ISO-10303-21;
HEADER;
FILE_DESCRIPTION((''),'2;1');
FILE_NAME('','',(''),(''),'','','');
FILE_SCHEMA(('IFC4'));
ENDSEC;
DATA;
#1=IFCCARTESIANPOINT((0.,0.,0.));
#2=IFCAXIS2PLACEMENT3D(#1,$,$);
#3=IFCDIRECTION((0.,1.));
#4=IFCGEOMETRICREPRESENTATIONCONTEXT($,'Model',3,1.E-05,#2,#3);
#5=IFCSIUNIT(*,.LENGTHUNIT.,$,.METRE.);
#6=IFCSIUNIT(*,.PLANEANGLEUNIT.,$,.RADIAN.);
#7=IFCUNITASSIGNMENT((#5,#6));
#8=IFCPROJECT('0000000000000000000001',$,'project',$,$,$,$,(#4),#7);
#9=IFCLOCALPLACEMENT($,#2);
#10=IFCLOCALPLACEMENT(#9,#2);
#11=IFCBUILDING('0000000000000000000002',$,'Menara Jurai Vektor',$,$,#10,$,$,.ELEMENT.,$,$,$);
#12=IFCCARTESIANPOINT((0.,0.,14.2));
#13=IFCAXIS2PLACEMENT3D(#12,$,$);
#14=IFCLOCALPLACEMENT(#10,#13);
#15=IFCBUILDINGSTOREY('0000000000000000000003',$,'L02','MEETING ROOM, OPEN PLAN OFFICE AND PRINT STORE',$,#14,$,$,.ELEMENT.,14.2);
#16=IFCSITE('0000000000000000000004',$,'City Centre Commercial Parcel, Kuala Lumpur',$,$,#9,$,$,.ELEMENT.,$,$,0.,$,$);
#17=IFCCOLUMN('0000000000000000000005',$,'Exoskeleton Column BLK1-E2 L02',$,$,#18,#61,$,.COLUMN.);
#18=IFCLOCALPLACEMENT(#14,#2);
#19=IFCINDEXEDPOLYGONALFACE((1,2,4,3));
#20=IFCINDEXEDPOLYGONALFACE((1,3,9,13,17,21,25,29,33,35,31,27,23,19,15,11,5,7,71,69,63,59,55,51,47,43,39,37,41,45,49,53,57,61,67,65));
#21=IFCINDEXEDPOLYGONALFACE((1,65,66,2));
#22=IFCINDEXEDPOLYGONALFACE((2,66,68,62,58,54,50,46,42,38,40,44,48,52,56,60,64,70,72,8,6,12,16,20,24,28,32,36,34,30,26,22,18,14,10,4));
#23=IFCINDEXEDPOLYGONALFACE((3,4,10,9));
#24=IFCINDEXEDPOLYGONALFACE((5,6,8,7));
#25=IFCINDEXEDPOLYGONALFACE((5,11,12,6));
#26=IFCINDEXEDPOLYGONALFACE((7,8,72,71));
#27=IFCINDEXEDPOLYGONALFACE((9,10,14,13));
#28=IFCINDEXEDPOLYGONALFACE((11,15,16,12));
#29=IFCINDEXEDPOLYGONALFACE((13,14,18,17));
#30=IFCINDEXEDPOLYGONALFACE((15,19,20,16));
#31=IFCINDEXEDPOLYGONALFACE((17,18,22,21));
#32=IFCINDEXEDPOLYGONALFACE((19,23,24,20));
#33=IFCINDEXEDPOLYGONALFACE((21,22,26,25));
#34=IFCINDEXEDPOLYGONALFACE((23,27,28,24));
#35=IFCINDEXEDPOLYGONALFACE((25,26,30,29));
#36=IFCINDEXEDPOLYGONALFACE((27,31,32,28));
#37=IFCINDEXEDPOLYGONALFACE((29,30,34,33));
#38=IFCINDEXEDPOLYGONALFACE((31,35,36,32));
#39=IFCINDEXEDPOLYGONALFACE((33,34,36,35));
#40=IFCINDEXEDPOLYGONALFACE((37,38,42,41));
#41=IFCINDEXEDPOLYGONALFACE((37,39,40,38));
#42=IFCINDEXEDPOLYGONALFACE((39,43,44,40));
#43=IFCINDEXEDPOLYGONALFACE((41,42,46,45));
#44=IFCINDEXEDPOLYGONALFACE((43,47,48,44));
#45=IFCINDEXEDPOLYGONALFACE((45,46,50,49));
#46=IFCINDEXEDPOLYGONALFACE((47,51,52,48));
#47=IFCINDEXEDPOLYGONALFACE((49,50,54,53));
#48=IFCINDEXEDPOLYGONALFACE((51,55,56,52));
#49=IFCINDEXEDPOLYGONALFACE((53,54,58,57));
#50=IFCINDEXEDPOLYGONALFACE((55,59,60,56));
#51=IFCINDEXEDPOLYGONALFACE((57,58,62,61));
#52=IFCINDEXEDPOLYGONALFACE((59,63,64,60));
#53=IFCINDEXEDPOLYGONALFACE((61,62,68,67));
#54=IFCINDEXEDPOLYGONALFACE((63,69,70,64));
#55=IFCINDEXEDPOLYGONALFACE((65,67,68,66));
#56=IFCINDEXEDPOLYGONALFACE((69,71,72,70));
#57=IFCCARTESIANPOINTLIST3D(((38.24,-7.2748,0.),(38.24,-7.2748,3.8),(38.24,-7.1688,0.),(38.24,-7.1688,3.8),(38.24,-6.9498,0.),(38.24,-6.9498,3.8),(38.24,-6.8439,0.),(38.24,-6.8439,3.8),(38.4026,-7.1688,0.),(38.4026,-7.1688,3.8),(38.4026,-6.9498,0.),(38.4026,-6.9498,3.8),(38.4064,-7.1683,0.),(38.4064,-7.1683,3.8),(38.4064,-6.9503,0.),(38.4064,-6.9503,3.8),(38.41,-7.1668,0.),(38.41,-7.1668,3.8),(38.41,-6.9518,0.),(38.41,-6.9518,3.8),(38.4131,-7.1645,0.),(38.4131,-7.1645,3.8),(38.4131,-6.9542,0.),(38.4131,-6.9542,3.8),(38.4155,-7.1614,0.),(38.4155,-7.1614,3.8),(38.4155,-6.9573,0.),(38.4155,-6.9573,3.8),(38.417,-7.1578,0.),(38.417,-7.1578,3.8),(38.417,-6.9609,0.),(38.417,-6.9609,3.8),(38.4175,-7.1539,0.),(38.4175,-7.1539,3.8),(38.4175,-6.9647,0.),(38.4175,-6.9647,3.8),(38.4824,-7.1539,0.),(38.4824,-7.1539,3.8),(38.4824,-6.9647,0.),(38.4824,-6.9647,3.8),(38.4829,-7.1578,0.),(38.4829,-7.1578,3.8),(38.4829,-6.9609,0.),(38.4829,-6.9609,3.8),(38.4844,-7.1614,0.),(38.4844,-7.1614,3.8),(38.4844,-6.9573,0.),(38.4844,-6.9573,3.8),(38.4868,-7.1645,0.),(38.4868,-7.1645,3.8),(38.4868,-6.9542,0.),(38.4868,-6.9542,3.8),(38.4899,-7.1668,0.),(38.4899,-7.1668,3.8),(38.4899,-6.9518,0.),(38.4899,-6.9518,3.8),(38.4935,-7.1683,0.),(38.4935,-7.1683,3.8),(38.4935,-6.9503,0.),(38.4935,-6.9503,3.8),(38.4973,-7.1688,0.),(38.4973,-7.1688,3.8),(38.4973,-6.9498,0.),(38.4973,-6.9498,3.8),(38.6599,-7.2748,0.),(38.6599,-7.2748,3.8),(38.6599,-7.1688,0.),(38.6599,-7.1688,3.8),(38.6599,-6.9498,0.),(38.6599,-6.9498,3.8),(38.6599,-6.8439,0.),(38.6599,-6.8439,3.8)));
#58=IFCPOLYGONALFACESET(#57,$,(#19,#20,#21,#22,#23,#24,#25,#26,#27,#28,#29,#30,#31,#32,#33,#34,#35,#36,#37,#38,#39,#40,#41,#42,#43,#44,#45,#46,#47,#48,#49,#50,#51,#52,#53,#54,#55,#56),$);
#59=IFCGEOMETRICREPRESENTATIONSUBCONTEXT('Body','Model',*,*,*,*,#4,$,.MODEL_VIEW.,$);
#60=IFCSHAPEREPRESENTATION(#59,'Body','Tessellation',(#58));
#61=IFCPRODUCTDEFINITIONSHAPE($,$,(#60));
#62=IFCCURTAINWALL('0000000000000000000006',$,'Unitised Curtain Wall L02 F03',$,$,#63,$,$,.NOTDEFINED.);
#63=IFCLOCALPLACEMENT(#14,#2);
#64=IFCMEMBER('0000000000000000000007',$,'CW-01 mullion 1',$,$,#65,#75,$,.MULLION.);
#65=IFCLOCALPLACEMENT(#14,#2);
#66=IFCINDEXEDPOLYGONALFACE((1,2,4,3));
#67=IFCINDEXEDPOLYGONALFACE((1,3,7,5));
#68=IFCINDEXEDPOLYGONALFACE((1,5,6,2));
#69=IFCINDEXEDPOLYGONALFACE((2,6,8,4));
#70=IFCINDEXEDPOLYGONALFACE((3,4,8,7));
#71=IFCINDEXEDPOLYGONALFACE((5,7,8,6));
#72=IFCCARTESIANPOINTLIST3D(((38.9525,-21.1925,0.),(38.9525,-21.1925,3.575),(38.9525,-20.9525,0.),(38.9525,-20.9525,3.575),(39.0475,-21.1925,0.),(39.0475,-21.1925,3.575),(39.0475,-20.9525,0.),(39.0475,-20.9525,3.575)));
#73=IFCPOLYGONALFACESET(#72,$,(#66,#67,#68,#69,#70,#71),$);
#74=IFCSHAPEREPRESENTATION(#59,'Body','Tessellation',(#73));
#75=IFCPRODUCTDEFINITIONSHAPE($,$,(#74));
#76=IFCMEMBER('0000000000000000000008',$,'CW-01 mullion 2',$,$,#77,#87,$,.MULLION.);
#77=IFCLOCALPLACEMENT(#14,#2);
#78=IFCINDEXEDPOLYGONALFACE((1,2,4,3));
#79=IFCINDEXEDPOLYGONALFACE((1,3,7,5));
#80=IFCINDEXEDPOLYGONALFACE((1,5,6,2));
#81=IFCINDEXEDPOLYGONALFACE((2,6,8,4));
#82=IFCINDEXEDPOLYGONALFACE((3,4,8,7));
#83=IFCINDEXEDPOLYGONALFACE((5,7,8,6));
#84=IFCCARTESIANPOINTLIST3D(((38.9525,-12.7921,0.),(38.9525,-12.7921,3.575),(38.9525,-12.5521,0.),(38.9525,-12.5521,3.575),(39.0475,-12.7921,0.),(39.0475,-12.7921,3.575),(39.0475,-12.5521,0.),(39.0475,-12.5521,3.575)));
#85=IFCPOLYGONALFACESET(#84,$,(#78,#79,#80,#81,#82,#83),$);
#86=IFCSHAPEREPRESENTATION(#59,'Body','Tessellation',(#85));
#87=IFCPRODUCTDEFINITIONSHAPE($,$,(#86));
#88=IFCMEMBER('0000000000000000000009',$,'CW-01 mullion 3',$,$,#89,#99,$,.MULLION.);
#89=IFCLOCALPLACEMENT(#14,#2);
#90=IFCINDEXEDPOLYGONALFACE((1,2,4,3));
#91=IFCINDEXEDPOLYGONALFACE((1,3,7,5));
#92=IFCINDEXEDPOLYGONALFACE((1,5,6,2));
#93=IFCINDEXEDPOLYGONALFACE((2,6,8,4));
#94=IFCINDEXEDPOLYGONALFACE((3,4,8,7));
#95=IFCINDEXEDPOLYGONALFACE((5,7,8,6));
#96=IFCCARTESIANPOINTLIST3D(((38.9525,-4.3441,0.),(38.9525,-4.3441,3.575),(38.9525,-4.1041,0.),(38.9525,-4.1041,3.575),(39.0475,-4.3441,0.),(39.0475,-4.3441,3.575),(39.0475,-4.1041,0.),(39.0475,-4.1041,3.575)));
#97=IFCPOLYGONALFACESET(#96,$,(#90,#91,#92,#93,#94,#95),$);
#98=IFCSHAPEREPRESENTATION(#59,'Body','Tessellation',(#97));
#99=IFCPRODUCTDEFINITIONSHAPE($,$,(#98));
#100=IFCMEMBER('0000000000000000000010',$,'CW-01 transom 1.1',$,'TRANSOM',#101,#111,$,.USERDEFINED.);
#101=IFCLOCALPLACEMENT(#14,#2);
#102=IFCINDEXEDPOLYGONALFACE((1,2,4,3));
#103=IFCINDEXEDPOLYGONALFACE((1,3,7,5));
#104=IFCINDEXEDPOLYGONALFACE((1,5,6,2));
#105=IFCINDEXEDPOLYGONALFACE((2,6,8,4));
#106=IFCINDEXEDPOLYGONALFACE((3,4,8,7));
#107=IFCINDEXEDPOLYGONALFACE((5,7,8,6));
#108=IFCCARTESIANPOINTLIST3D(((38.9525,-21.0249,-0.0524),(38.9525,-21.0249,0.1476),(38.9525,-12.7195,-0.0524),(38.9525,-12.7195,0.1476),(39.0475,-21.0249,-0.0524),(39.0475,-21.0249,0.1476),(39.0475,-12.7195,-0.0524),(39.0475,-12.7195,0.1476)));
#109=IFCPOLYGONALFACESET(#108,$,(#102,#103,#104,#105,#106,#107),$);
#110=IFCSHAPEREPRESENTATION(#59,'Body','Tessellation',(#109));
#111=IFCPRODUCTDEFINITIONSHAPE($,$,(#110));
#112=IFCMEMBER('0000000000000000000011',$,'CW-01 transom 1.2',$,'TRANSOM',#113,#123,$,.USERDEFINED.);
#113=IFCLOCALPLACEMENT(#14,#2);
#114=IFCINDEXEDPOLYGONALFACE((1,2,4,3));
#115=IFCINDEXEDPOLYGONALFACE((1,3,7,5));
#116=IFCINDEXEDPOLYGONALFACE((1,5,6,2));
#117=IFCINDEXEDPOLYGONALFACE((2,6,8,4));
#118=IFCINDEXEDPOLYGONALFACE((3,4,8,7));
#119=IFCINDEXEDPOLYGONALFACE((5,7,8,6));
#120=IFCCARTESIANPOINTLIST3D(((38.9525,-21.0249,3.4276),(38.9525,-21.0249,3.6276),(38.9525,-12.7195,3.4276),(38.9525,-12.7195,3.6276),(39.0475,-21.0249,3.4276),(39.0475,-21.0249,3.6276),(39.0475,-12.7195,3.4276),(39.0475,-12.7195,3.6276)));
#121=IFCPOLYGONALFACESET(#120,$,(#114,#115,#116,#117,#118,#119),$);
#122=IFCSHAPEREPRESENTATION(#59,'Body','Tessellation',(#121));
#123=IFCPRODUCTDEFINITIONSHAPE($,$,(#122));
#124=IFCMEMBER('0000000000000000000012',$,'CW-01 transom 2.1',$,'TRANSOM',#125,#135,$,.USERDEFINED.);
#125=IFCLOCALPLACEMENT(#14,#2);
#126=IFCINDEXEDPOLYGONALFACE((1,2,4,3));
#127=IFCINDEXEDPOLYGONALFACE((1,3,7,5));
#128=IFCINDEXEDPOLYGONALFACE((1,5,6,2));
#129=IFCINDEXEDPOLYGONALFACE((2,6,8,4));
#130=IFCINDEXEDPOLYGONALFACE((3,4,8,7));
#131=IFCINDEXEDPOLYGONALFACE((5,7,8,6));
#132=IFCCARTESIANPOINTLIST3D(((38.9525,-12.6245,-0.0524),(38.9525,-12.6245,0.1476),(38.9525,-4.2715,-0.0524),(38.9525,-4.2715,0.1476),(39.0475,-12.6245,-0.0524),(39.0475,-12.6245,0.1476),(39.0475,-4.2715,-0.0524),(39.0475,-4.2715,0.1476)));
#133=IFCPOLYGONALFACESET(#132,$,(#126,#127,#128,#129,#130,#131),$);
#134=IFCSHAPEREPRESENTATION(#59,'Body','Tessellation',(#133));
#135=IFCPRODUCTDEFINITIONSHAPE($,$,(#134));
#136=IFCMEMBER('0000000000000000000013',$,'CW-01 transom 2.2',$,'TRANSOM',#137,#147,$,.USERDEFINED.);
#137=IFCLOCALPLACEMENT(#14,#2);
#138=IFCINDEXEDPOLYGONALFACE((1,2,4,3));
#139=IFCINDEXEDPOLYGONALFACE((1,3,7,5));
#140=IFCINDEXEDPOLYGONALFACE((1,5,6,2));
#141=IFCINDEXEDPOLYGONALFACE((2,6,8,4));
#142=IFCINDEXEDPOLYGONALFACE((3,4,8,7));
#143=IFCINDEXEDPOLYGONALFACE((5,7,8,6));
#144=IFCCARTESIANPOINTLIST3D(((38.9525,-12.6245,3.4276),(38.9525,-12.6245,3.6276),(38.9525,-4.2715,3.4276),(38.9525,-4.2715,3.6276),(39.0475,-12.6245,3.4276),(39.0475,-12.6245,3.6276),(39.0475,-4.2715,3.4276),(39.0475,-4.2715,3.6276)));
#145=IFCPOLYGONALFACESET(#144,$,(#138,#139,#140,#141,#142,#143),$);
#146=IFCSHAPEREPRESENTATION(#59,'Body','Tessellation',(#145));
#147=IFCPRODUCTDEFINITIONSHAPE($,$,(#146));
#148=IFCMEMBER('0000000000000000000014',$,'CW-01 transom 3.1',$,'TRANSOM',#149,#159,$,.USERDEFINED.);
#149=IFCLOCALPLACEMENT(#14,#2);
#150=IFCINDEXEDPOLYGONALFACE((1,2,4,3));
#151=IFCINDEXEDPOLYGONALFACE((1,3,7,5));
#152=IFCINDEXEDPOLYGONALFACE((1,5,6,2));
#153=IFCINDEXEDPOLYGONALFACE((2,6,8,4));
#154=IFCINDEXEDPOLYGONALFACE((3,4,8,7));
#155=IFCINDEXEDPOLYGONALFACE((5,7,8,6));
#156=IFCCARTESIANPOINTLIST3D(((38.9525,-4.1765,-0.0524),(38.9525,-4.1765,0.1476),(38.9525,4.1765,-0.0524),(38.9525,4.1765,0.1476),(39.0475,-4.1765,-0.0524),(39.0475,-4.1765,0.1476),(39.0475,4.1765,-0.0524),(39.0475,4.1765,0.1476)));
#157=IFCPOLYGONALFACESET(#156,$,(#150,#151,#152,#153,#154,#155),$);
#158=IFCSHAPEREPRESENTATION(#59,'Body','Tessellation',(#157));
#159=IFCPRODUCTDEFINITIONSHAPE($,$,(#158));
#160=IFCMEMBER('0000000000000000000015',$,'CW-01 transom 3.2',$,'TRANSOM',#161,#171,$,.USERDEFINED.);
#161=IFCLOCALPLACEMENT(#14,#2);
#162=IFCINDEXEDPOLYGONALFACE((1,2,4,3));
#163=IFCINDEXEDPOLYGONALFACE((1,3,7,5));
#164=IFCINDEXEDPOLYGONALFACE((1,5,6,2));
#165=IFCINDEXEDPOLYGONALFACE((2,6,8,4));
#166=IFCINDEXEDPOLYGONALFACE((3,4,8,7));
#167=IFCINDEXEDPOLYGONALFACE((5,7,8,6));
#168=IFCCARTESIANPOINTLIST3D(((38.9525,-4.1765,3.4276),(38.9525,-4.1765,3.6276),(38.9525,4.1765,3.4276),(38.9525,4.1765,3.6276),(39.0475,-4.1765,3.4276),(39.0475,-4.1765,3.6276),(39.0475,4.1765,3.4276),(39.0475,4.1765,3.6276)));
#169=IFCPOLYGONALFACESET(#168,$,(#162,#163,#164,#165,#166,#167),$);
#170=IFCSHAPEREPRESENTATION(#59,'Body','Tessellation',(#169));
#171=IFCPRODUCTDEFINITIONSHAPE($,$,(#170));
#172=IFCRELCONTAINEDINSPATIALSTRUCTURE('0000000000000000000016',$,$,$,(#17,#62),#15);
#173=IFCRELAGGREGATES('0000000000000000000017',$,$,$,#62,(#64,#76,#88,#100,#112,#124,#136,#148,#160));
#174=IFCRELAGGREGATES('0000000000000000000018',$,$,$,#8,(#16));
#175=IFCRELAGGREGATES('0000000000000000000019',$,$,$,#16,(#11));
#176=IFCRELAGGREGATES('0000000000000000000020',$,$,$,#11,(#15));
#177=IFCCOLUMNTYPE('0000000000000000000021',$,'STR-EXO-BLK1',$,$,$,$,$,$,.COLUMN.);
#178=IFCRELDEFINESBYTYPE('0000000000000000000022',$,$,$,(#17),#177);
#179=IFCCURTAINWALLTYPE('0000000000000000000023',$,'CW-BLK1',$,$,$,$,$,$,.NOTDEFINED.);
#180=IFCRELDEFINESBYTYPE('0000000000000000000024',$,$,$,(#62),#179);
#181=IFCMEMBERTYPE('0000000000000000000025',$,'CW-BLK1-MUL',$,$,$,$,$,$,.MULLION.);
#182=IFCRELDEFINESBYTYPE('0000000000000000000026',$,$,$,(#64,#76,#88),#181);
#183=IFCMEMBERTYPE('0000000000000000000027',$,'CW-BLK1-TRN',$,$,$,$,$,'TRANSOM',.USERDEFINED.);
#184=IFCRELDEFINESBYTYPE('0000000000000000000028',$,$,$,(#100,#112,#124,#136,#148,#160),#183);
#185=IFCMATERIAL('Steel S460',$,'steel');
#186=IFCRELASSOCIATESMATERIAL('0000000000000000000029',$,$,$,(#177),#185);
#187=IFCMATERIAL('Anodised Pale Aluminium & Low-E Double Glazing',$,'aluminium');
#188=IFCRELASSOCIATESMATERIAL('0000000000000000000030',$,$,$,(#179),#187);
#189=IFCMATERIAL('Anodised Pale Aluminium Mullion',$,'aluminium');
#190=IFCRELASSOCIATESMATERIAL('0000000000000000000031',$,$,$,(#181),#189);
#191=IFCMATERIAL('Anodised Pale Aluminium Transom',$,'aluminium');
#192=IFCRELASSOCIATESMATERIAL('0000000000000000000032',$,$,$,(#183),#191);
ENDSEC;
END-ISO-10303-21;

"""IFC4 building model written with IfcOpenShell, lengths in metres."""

from ifc_helpers import new_model, si_unit, direction, frame, origin, origin_2d, place, context, subcontext, project, spatial, rectangle, i_section, extrude, material, material_profile, profile_set, type_object, element, aggregate, save


model = new_model("IFC4")

# Units and contexts
model_context = context("Model", 3, precision=1e-05, world=origin(), true_north=direction((0.0, 1.0)))
body_context = subcontext(model_context, "Body", "Model", "MODEL_VIEW")
ifc_project = project(units=[si_unit("LENGTHUNIT", "METRE"), si_unit("PLANEANGLEUNIT", "RADIAN")], contexts=[model_context])

# Site, building, storey
site_placement = place(None, origin())
site = spatial("IfcSite", under=ifc_project, at=site_placement, Name="City Centre Commercial Parcel, Kuala Lumpur", CompositionType="ELEMENT", RefElevation=0.0)
building_placement = place(site_placement, origin())
building = spatial("IfcBuilding", under=site, at=building_placement, Name="Menara Jurai Vektor", CompositionType="ELEMENT")
storey_placement = place(building_placement, frame((0.0, 0.0, 14.2)))
storey = spatial("IfcBuildingStorey", under=building, at=storey_placement, Name="L02", Description="MEETING ROOM, OPEN PLAN OFFICE AND PRINT STORE", CompositionType="ELEMENT", Elevation=14.2)

# Column
ifc_material_1 = material(Name="Steel S460", Category="steel")
ifc_material_profile_1 = material_profile(ifc_material_1, i_section(OverallWidth=0.4199, OverallDepth=0.4309, WebThickness=0.0649, FlangeThickness=0.106, FilletRadius=0.0149, at=origin_2d()), Name="HD 400x900")
ifc_profile_set_1 = profile_set([ifc_material_profile_1], Name="Steel S460")
column_type = type_object("IfcColumnType", Name="STR-EXO-BLK1", PredefinedType="COLUMN", material=ifc_profile_set_1)
column_placement = place(storey_placement, frame((38.45, -7.0593, 0.0), z_axis=(0.0, 0.0, 1.0), x_axis=(1.0, 0.0, 0.0)))
element("IfcColumn", 1, at=column_placement, inside=storey, type_object=column_type, Name="Exoskeleton Column BLK1-E2 L02", PredefinedType="COLUMN", context=body_context, shape_type="SweptSolid", body=[
    extrude(i_section(OverallWidth=0.4199, OverallDepth=0.4309, WebThickness=0.0649, FlangeThickness=0.106, FilletRadius=0.0149, at=origin_2d()), origin(), (0.0, 0.0, 1.0), 3.8),
])

# Curtain wall, members
ifc_material_2 = material(Name="Anodised Pale Aluminium & Low-E Double Glazing", Category="aluminium")
curtain_wall_type = type_object("IfcCurtainWallType", Name="CW-BLK1", PredefinedType="NOTDEFINED", material=ifc_material_2)
curtain_wall_placement = place(storey_placement, origin())
curtain_wall = element("IfcCurtainWall", 2, at=curtain_wall_placement, inside=storey, type_object=curtain_wall_type, Name="Unitised Curtain Wall L02 F03", PredefinedType="NOTDEFINED")
ifc_material_3 = material(Name="Anodised Pale Aluminium Mullion", Category="aluminium")
ifc_material_profile_2 = material_profile(ifc_material_3, rectangle(XDim=0.095, YDim=0.24, at=origin_2d()), Name="ALU MUL 95x240")
ifc_profile_set_2 = profile_set([ifc_material_profile_2], Name="Anodised Pale Aluminium Mullion")
member_type_1 = type_object("IfcMemberType", Name="CW-BLK1-MUL", PredefinedType="MULLION", material=ifc_profile_set_2)
member_1_placement = place(storey_placement, frame((39.0, -21.0725, 0.0), z_axis=(0.0, 0.0, 1.0), x_axis=(-1.0, 0.0, 0.0)))
member_1 = element("IfcMember", 3, at=member_1_placement, type_object=member_type_1, Name="CW-01 mullion 1", PredefinedType="MULLION", context=body_context, shape_type="SweptSolid", body=[
    extrude(rectangle(XDim=0.095, YDim=0.24, at=origin_2d()), origin(), (0.0, 0.0, 1.0), 3.575),
])
member_2_placement = place(storey_placement, frame((39.0, -12.6721, 0.0), z_axis=(0.0, 0.0, 1.0), x_axis=(-1.0, 0.0, 0.0)))
member_2 = element("IfcMember", 4, at=member_2_placement, type_object=member_type_1, Name="CW-01 mullion 2", PredefinedType="MULLION", context=body_context, shape_type="SweptSolid", body=[
    extrude(rectangle(XDim=0.095, YDim=0.24, at=origin_2d()), origin(), (0.0, 0.0, 1.0), 3.575),
])
member_3_placement = place(storey_placement, frame((39.0, -4.2241, 0.0), z_axis=(0.0, 0.0, 1.0), x_axis=(-1.0, 0.0, 0.0)))
member_3 = element("IfcMember", 5, at=member_3_placement, type_object=member_type_1, Name="CW-01 mullion 3", PredefinedType="MULLION", context=body_context, shape_type="SweptSolid", body=[
    extrude(rectangle(XDim=0.095, YDim=0.24, at=origin_2d()), origin(), (0.0, 0.0, 1.0), 3.575),
])
ifc_material_4 = material(Name="Anodised Pale Aluminium Transom", Category="aluminium")
ifc_material_profile_3 = material_profile(ifc_material_4, rectangle(XDim=0.095, YDim=0.2, at=origin_2d()), Name="ALU TRN 95x200")
ifc_profile_set_3 = profile_set([ifc_material_profile_3], Name="Anodised Pale Aluminium Transom")
member_type_2 = type_object("IfcMemberType", Name="CW-BLK1-TRN", ElementType="TRANSOM", PredefinedType="USERDEFINED", material=ifc_profile_set_3)
member_4_placement = place(storey_placement, frame((39.0, -21.0249, 0.0476), z_axis=(0.0, 1.0, 0.0), x_axis=(-1.0, 0.0, 0.0)))
member_4 = element("IfcMember", 6, at=member_4_placement, type_object=member_type_2, Name="CW-01 transom 1.1", ObjectType="TRANSOM", PredefinedType="USERDEFINED", context=body_context, shape_type="SweptSolid", body=[
    extrude(rectangle(XDim=0.095, YDim=0.2, at=origin_2d()), origin(), (0.0, 0.0, 1.0), 8.3054),
])
member_5_placement = place(storey_placement, frame((39.0, -21.0249, 3.5276), z_axis=(0.0, 1.0, 0.0), x_axis=(-1.0, 0.0, 0.0)))
member_5 = element("IfcMember", 7, at=member_5_placement, type_object=member_type_2, Name="CW-01 transom 1.2", ObjectType="TRANSOM", PredefinedType="USERDEFINED", context=body_context, shape_type="SweptSolid", body=[
    extrude(rectangle(XDim=0.095, YDim=0.2, at=origin_2d()), origin(), (0.0, 0.0, 1.0), 8.3054),
])
member_6_placement = place(storey_placement, frame((39.0, -12.6245, 0.0476), z_axis=(0.0, 1.0, 0.0), x_axis=(-1.0, 0.0, 0.0)))
member_6 = element("IfcMember", 8, at=member_6_placement, type_object=member_type_2, Name="CW-01 transom 2.1", ObjectType="TRANSOM", PredefinedType="USERDEFINED", context=body_context, shape_type="SweptSolid", body=[
    extrude(rectangle(XDim=0.095, YDim=0.2, at=origin_2d()), origin(), (0.0, 0.0, 1.0), 8.353),
])
member_7_placement = place(storey_placement, frame((39.0, -12.6245, 3.5276), z_axis=(0.0, 1.0, 0.0), x_axis=(-1.0, 0.0, 0.0)))
member_7 = element("IfcMember", 9, at=member_7_placement, type_object=member_type_2, Name="CW-01 transom 2.2", ObjectType="TRANSOM", PredefinedType="USERDEFINED", context=body_context, shape_type="SweptSolid", body=[
    extrude(rectangle(XDim=0.095, YDim=0.2, at=origin_2d()), origin(), (0.0, 0.0, 1.0), 8.353),
])
member_8_placement = place(storey_placement, frame((39.0, -4.1765, 0.0476), z_axis=(0.0, 1.0, 0.0), x_axis=(-1.0, 0.0, 0.0)))
member_8 = element("IfcMember", 10, at=member_8_placement, type_object=member_type_2, Name="CW-01 transom 3.1", ObjectType="TRANSOM", PredefinedType="USERDEFINED", context=body_context, shape_type="SweptSolid", body=[
    extrude(rectangle(XDim=0.095, YDim=0.2, at=origin_2d()), origin(), (0.0, 0.0, 1.0), 8.353),
])
member_9_placement = place(storey_placement, frame((39.0, -4.1765, 3.5276), z_axis=(0.0, 1.0, 0.0), x_axis=(-1.0, 0.0, 0.0)))
member_9 = element("IfcMember", 11, at=member_9_placement, type_object=member_type_2, Name="CW-01 transom 3.2", ObjectType="TRANSOM", PredefinedType="USERDEFINED", context=body_context, shape_type="SweptSolid", body=[
    extrude(rectangle(XDim=0.095, YDim=0.2, at=origin_2d()), origin(), (0.0, 0.0, 1.0), 8.353),
])

aggregate(curtain_wall, [member_1, member_2, member_3, member_4, member_5, member_6, member_7, member_8, member_9])

save(model, "model.ifc")
